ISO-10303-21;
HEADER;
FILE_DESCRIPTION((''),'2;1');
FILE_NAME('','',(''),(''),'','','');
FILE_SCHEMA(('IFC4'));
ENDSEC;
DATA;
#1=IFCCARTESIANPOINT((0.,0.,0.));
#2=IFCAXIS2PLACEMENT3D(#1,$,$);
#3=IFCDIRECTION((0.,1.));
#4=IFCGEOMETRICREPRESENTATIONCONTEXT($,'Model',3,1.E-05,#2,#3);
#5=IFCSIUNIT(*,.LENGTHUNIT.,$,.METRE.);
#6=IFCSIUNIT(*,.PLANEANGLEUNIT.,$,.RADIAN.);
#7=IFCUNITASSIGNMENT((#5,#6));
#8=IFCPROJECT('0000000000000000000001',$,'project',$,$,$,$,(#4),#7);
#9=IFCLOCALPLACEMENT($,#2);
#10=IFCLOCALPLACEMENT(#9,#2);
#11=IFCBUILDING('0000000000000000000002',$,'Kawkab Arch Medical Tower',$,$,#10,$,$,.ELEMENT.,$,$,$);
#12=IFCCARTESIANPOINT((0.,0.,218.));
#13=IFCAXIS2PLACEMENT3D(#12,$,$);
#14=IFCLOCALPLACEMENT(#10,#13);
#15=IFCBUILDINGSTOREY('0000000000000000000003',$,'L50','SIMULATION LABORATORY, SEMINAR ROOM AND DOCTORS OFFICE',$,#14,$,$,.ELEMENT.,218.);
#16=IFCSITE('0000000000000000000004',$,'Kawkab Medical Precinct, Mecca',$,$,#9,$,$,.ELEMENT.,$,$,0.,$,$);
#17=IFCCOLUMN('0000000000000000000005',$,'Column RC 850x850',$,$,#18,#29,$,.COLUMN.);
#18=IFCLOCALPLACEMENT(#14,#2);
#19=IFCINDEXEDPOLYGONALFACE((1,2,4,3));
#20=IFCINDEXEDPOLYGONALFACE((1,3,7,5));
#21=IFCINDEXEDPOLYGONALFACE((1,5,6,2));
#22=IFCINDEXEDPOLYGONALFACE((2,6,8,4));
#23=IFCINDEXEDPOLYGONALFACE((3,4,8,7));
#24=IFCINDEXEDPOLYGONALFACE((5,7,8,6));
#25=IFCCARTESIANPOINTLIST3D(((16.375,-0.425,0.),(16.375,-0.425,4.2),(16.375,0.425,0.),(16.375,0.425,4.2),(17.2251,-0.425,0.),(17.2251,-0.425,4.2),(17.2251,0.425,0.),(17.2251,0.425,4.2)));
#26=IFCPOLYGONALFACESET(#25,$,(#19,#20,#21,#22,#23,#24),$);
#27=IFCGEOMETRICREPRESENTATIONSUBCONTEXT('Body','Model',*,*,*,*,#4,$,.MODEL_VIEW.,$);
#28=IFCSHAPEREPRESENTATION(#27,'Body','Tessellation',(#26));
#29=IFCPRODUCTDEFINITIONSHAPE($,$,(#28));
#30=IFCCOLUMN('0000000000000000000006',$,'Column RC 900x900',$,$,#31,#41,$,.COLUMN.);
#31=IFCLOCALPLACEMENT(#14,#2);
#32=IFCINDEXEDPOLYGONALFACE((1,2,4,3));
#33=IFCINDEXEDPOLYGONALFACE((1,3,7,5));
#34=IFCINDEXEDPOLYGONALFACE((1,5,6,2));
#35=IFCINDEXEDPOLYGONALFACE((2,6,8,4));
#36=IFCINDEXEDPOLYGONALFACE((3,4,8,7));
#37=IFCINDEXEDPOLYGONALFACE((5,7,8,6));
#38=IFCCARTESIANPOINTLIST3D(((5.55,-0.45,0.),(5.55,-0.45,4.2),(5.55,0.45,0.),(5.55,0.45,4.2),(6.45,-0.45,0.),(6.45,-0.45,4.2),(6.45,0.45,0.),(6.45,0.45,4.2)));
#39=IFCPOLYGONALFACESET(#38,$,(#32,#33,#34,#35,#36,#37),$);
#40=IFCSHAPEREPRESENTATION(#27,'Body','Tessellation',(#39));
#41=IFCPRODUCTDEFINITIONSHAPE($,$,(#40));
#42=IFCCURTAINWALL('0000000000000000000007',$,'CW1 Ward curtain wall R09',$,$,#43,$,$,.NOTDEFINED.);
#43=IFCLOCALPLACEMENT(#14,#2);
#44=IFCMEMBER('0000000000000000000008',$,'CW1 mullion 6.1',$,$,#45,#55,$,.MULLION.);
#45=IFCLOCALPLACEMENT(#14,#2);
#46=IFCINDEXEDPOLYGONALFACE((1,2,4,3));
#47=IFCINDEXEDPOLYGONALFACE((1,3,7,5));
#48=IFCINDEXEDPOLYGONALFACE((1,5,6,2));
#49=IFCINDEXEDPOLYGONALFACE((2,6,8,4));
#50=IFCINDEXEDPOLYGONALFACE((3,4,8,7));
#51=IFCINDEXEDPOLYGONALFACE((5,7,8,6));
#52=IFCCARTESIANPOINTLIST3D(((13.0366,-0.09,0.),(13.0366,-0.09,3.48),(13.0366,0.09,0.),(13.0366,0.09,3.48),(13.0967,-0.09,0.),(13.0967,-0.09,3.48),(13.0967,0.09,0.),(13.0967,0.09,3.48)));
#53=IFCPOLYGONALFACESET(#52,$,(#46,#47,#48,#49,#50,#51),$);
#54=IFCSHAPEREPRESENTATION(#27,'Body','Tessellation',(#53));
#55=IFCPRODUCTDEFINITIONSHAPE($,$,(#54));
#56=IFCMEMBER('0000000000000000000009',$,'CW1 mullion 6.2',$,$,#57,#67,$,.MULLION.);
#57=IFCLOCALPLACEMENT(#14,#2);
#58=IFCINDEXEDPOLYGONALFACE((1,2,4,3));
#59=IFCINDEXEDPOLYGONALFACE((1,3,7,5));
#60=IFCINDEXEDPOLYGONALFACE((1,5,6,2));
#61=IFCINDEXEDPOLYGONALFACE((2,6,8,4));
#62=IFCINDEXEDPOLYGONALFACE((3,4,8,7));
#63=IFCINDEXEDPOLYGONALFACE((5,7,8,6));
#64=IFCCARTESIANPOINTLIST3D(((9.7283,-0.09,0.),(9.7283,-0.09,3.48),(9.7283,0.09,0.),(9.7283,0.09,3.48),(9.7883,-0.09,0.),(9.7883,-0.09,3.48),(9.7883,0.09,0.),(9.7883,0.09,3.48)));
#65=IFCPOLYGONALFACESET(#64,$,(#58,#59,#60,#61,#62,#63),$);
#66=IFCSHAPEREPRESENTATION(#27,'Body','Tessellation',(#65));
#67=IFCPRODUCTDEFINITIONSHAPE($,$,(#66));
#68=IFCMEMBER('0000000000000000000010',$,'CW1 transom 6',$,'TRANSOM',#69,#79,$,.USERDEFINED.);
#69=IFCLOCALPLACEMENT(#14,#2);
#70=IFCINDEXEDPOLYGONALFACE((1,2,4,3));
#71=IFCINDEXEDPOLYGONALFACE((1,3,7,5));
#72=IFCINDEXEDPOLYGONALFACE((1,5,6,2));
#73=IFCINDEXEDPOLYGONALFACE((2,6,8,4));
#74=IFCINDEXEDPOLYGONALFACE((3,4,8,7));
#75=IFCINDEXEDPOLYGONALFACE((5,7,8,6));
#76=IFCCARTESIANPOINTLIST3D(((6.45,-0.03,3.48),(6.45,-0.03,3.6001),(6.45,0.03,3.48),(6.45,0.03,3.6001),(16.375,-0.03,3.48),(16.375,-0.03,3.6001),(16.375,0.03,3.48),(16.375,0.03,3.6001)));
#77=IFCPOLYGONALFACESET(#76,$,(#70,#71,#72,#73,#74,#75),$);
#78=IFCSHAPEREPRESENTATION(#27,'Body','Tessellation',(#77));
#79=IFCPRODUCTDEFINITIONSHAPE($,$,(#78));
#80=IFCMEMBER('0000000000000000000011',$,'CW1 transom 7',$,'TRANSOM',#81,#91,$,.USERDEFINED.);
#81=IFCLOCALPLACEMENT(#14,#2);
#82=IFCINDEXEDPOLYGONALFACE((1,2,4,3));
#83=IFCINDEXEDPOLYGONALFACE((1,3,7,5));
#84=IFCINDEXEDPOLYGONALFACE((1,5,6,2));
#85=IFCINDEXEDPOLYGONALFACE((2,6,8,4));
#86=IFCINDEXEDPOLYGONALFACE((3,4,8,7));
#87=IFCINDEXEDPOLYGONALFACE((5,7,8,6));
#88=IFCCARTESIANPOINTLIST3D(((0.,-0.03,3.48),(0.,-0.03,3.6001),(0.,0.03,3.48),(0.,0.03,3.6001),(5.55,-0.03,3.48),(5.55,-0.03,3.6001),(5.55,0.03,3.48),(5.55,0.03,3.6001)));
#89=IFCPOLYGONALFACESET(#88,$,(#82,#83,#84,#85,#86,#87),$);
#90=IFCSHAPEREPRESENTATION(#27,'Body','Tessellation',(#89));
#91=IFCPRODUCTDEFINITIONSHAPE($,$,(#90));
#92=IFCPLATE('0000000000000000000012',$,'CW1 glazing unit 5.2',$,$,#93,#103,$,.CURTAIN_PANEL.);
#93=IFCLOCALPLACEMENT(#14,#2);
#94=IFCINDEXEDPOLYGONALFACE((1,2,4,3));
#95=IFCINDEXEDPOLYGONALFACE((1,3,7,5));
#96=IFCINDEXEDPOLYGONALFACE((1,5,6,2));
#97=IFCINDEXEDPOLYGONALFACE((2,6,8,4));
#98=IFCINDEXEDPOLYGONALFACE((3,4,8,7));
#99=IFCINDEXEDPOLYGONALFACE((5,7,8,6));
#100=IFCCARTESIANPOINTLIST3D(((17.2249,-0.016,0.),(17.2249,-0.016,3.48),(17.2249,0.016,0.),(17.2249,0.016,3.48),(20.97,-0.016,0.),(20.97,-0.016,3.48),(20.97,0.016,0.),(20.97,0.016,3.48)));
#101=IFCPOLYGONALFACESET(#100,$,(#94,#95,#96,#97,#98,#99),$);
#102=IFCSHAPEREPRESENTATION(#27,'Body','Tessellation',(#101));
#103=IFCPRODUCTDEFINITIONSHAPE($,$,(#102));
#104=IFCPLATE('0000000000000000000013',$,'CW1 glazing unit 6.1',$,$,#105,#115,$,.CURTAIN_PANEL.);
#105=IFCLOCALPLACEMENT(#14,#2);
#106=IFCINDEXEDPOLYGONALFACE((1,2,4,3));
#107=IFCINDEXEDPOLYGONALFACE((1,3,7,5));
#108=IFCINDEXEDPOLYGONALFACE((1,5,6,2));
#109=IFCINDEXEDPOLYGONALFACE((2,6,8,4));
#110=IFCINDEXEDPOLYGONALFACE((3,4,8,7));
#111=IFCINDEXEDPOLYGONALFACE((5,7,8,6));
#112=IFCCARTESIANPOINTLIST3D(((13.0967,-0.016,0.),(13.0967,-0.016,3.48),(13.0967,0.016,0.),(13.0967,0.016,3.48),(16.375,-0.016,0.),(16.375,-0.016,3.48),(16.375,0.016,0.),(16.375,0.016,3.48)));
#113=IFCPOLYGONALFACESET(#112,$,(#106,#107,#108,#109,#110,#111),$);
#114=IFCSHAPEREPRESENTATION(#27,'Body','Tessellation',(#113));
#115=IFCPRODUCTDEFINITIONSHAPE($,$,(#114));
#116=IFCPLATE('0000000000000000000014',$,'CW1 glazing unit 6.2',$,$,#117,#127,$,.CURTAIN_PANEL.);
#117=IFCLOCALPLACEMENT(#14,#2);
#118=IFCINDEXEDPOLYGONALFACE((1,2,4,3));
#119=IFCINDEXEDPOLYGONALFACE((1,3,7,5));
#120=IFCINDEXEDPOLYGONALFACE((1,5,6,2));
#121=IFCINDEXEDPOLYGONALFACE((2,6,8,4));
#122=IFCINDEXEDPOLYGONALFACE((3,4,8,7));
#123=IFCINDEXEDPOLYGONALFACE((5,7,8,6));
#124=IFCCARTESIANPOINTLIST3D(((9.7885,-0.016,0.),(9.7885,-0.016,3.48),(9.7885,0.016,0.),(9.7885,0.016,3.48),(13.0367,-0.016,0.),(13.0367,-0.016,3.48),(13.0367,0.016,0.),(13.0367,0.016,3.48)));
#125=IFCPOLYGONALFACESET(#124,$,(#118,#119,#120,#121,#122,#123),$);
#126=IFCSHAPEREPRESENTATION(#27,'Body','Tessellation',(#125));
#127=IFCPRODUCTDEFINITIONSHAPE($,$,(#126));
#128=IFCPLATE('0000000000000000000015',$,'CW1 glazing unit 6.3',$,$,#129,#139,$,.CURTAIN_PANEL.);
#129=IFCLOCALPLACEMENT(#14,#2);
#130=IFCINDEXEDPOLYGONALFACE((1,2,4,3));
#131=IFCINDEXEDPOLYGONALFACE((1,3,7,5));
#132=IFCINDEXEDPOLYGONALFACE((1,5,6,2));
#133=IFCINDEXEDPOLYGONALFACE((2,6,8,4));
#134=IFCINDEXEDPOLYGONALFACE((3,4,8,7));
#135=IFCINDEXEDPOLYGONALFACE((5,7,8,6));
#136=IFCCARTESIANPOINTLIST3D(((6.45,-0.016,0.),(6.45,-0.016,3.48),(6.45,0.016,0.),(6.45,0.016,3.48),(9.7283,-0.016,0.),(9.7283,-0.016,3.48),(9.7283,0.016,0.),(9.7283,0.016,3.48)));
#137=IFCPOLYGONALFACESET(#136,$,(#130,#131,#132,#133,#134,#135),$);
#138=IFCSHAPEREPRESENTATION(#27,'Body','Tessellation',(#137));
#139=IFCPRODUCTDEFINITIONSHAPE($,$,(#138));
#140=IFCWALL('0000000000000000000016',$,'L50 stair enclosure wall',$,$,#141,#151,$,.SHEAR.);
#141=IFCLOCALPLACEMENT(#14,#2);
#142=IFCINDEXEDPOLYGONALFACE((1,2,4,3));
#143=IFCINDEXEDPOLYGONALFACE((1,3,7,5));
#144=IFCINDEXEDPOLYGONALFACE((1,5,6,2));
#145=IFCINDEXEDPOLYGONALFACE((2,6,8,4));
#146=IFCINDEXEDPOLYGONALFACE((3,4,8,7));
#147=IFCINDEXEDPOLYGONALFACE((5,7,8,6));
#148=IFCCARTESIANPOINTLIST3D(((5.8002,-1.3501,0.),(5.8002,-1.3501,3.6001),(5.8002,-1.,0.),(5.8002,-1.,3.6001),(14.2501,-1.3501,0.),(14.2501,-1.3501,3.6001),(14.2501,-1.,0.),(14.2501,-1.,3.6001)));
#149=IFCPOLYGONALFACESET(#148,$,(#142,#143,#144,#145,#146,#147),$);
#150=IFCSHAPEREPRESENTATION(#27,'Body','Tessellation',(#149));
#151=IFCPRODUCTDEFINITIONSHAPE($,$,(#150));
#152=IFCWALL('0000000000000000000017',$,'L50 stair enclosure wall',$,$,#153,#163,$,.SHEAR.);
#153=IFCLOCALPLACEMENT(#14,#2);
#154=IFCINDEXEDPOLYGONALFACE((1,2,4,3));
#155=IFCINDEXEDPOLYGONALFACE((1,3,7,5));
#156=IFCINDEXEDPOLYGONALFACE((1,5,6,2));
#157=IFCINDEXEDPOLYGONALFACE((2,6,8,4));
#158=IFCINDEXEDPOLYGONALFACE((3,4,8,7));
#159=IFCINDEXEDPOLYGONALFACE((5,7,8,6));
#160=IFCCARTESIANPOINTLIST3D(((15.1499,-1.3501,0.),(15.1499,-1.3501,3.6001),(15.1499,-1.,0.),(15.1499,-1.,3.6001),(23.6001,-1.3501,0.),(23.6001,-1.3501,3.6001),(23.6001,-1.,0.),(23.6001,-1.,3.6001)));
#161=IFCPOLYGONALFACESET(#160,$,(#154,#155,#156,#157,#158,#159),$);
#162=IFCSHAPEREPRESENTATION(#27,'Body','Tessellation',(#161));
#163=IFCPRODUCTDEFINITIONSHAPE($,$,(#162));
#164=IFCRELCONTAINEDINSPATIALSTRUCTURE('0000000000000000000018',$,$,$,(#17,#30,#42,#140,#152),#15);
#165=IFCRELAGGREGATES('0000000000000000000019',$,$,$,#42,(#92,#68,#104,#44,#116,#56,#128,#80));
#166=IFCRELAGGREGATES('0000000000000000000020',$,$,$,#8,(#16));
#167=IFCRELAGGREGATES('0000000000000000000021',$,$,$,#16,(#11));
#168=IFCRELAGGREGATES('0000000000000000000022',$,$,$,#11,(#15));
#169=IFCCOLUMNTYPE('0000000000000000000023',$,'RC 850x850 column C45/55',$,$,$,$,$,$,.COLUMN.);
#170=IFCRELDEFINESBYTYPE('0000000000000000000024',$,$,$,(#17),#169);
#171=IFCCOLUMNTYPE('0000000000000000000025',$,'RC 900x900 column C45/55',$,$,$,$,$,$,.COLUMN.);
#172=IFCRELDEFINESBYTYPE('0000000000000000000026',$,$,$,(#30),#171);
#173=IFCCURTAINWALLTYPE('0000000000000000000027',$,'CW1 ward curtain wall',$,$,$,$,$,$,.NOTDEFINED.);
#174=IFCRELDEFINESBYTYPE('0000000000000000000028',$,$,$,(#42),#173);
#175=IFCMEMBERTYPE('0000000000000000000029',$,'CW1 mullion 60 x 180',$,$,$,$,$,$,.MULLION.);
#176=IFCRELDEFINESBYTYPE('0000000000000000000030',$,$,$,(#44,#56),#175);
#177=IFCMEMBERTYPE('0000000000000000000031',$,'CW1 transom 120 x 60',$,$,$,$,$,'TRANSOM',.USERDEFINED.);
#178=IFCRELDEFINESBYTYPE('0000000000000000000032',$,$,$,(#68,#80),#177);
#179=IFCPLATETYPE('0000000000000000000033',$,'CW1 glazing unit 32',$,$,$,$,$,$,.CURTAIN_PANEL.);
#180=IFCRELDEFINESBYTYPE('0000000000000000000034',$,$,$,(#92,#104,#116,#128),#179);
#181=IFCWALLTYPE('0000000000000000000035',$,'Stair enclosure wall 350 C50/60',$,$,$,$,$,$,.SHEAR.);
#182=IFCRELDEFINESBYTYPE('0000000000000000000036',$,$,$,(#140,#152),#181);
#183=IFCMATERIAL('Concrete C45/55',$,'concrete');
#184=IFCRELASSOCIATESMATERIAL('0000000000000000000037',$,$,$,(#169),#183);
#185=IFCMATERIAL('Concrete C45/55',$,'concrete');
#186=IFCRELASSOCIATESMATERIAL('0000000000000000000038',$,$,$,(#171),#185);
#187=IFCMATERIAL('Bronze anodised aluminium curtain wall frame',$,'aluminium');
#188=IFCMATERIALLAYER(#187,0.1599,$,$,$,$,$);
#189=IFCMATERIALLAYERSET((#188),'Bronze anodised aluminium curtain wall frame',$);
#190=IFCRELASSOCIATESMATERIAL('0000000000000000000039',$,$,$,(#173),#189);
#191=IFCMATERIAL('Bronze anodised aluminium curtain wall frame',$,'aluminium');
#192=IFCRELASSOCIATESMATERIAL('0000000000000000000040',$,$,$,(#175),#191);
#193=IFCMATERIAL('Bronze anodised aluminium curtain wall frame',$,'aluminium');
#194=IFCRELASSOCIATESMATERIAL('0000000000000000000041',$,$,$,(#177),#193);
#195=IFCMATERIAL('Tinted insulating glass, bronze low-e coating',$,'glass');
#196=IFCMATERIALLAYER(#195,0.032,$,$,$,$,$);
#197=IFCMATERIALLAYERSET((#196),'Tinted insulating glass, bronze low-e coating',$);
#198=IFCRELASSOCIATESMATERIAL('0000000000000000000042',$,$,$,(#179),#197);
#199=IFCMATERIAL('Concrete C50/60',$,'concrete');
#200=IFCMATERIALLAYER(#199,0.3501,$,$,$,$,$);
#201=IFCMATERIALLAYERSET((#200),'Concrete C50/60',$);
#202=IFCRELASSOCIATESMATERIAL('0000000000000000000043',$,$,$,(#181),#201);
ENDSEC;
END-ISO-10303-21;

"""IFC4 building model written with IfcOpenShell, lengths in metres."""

from ifc_helpers import new_model, si_unit, direction, frame, frame_2d, origin, origin_2d, place, context, subcontext, project, spatial, rectangle, extrude, material, layer, layer_set, material_profile, profile_set, type_object, element, aggregate, save


model = new_model("IFC4")

# Units and contexts
model_context = context("Model", 3, precision=1e-05, world=origin(), true_north=direction((0.0, 1.0)))
body_context = subcontext(model_context, "Body", "Model", "MODEL_VIEW")
ifc_project = project(units=[si_unit("LENGTHUNIT", "METRE"), si_unit("PLANEANGLEUNIT", "RADIAN")], contexts=[model_context])

# Site, building, storey
site_placement = place(None, origin())
site = spatial("IfcSite", under=ifc_project, at=site_placement, Name="Kawkab Medical Precinct, Mecca", CompositionType="ELEMENT", RefElevation=0.0)
building_placement = place(site_placement, origin())
building = spatial("IfcBuilding", under=site, at=building_placement, Name="Kawkab Arch Medical Tower", CompositionType="ELEMENT")
storey_placement = place(building_placement, frame((0.0, 0.0, 218.0)))
storey = spatial("IfcBuildingStorey", under=building, at=storey_placement, Name="L50", Description="SIMULATION LABORATORY, SEMINAR ROOM AND DOCTORS OFFICE", CompositionType="ELEMENT", Elevation=218.0)

# Columns
ifc_material_1 = material(Name="Concrete C45/55", Category="concrete")
ifc_material_profile_1 = material_profile(ifc_material_1, rectangle(XDim=0.8501, YDim=0.8501, at=origin_2d()), Name="RC 850x850")
ifc_profile_set_1 = profile_set([ifc_material_profile_1], Name="Concrete C45/55")
column_type_1 = type_object("IfcColumnType", Name="RC 850x850 column C45/55", PredefinedType="COLUMN", material=ifc_profile_set_1)
column_1_placement = place(storey_placement, frame((16.8, 0.0, 0.0), z_axis=(0.0, 0.0, 1.0), x_axis=(1.0, 0.0, 0.0)))
element("IfcColumn", 1, at=column_1_placement, inside=storey, type_object=column_type_1, Name="Column RC 850x850", PredefinedType="COLUMN", context=body_context, shape_type="SweptSolid", body=[
    extrude(rectangle(XDim=0.8501, YDim=0.8501, at=origin_2d()), origin(), (0.0, 0.0, 1.0), 4.2),
])
ifc_material_2 = material(Name="Concrete C45/55", Category="concrete")
ifc_material_profile_2 = material_profile(ifc_material_2, rectangle(XDim=0.8999, YDim=0.8999, at=origin_2d()), Name="RC 900x900")
ifc_profile_set_2 = profile_set([ifc_material_profile_2], Name="Concrete C45/55")
column_type_2 = type_object("IfcColumnType", Name="RC 900x900 column C45/55", PredefinedType="COLUMN", material=ifc_profile_set_2)
column_2_placement = place(storey_placement, frame((6.0, 0.0, 0.0), z_axis=(0.0, 0.0, 1.0), x_axis=(1.0, 0.0, 0.0)))
element("IfcColumn", 2, at=column_2_placement, inside=storey, type_object=column_type_2, Name="Column RC 900x900", PredefinedType="COLUMN", context=body_context, shape_type="SweptSolid", body=[
    extrude(rectangle(XDim=0.8999, YDim=0.8999, at=origin_2d()), origin(), (0.0, 0.0, 1.0), 4.2),
])

# Curtain wall, members, plates
ifc_material_3 = material(Name="Bronze anodised aluminium curtain wall frame", Category="aluminium")
ifc_layer_1 = layer(ifc_material_3, 0.1599)
ifc_layer_set_1 = layer_set([ifc_layer_1], Name="Bronze anodised aluminium curtain wall frame")
curtain_wall_type = type_object("IfcCurtainWallType", Name="CW1 ward curtain wall", PredefinedType="NOTDEFINED", material=ifc_layer_set_1)
placement = place(storey_placement, origin())
curtain_wall = element("IfcCurtainWall", 3, at=placement, inside=storey, type_object=curtain_wall_type, Name="CW1 Ward curtain wall R09", PredefinedType="NOTDEFINED")
ifc_material_4 = material(Name="Bronze anodised aluminium curtain wall frame", Category="aluminium")
ifc_material_profile_3 = material_profile(ifc_material_4, rectangle(XDim=0.1799, YDim=0.0601, at=origin_2d()), Name="AL 60x180")
ifc_profile_set_3 = profile_set([ifc_material_profile_3], Name="Bronze anodised aluminium curtain wall frame")
member_type_1 = type_object("IfcMemberType", Name="CW1 mullion 60 x 180", PredefinedType="MULLION", material=ifc_profile_set_3)
member_1_placement = place(storey_placement, frame((13.0667, 0.0, 0.0), z_axis=(0.0, 0.0, 1.0), x_axis=(0.0, -1.0, 0.0)))
member_1 = element("IfcMember", 4, at=member_1_placement, type_object=member_type_1, Name="CW1 mullion 6.1", PredefinedType="MULLION", context=body_context, shape_type="SweptSolid", body=[
    extrude(rectangle(XDim=0.1799, YDim=0.0601, at=origin_2d()), origin(), (0.0, 0.0, 1.0), 3.48),
])
member_2_placement = place(storey_placement, frame((9.7583, 0.0, 0.0), z_axis=(0.0, 0.0, 1.0), x_axis=(0.0, -1.0, 0.0)))
member_2 = element("IfcMember", 5, at=member_2_placement, type_object=member_type_1, Name="CW1 mullion 6.2", PredefinedType="MULLION", context=body_context, shape_type="SweptSolid", body=[
    extrude(rectangle(XDim=0.1799, YDim=0.0601, at=origin_2d()), origin(), (0.0, 0.0, 1.0), 3.48),
])
ifc_material_5 = material(Name="Bronze anodised aluminium curtain wall frame", Category="aluminium")
ifc_material_profile_4 = material_profile(ifc_material_5, rectangle(XDim=0.0601, YDim=0.1201, at=origin_2d()), Name="AL 60x120")
ifc_profile_set_4 = profile_set([ifc_material_profile_4], Name="Bronze anodised aluminium curtain wall frame")
member_type_2 = type_object("IfcMemberType", Name="CW1 transom 120 x 60", ElementType="TRANSOM", PredefinedType="USERDEFINED", material=ifc_profile_set_4)
member_3_placement = place(storey_placement, frame((16.375, 0.0, 3.54), z_axis=(-1.0, 0.0, 0.0), x_axis=(0.0, -1.0, 0.0)))
member_3 = element("IfcMember", 6, at=member_3_placement, type_object=member_type_2, Name="CW1 transom 6", ObjectType="TRANSOM", PredefinedType="USERDEFINED", context=body_context, shape_type="SweptSolid", body=[
    extrude(rectangle(XDim=0.0601, YDim=0.1201, at=origin_2d()), origin(), (0.0, 0.0, 1.0), 9.925),
])
member_4_placement = place(storey_placement, frame((5.55, 0.0, 3.54), z_axis=(-1.0, 0.0, 0.0), x_axis=(0.0, -1.0, 0.0)))
member_4 = element("IfcMember", 7, at=member_4_placement, type_object=member_type_2, Name="CW1 transom 7", ObjectType="TRANSOM", PredefinedType="USERDEFINED", context=body_context, shape_type="SweptSolid", body=[
    extrude(rectangle(XDim=0.0601, YDim=0.1201, at=origin_2d()), origin(), (0.0, 0.0, 1.0), 5.55),
])
ifc_material_6 = material(Name="Tinted insulating glass, bronze low-e coating", Category="glass")
ifc_layer_2 = layer(ifc_material_6, 0.032)
ifc_layer_set_2 = layer_set([ifc_layer_2], Name="Tinted insulating glass, bronze low-e coating")
plate_type = type_object("IfcPlateType", Name="CW1 glazing unit 32", PredefinedType="CURTAIN_PANEL", material=ifc_layer_set_2)
plate_1_placement = place(storey_placement, frame((19.0974, 0.0, 0.0), z_axis=(0.0, 0.0, 1.0), x_axis=(-1.0, 0.0, 0.0)))
plate_1 = element("IfcPlate", 8, at=plate_1_placement, type_object=plate_type, Name="CW1 glazing unit 5.2", PredefinedType="CURTAIN_PANEL", context=body_context, shape_type="SweptSolid", body=[
    extrude(rectangle(XDim=3.7451, YDim=0.032, at=origin_2d()), origin(), (0.0, 0.0, 1.0), 3.48),
])
plate_2_placement = place(storey_placement, frame((14.7358, 0.0, 0.0), z_axis=(0.0, 0.0, 1.0), x_axis=(-1.0, 0.0, 0.0)))
plate_2 = element("IfcPlate", 9, at=plate_2_placement, type_object=plate_type, Name="CW1 glazing unit 6.1", PredefinedType="CURTAIN_PANEL", context=body_context, shape_type="SweptSolid", body=[
    extrude(rectangle(XDim=3.2783, YDim=0.032, at=origin_2d()), origin(), (0.0, 0.0, 1.0), 3.48),
])
plate_3_placement = place(storey_placement, frame((11.4126, 0.0, 0.0), z_axis=(0.0, 0.0, 1.0), x_axis=(-1.0, 0.0, 0.0)))
plate_3 = element("IfcPlate", 10, at=plate_3_placement, type_object=plate_type, Name="CW1 glazing unit 6.2", PredefinedType="CURTAIN_PANEL", context=body_context, shape_type="SweptSolid", body=[
    extrude(rectangle(XDim=3.2483, YDim=0.032, at=origin_2d()), origin(), (0.0, 0.0, 1.0), 3.48),
])
plate_4_placement = place(storey_placement, frame((8.0891, 0.0, 0.0), z_axis=(0.0, 0.0, 1.0), x_axis=(-1.0, 0.0, 0.0)))
plate_4 = element("IfcPlate", 11, at=plate_4_placement, type_object=plate_type, Name="CW1 glazing unit 6.3", PredefinedType="CURTAIN_PANEL", context=body_context, shape_type="SweptSolid", body=[
    extrude(rectangle(XDim=3.2783, YDim=0.032, at=origin_2d()), origin(), (0.0, 0.0, 1.0), 3.48),
])
aggregate(curtain_wall, [plate_1, member_3, plate_2, member_1, plate_3, member_2, plate_4, member_4])

# Walls
ifc_material_7 = material(Name="Concrete C50/60", Category="concrete")
ifc_layer_3 = layer(ifc_material_7, 0.3501)
ifc_layer_set_3 = layer_set([ifc_layer_3], Name="Concrete C50/60")
wall_type = type_object("IfcWallType", Name="Stair enclosure wall 350 C50/60", PredefinedType="SHEAR", material=ifc_layer_set_3)
wall_1_placement = place(storey_placement, frame((5.8, -1.175, 0.0), z_axis=(0.0, 0.0, 1.0), x_axis=(1.0, 0.0, 0.0)))
element("IfcWall", 12, at=wall_1_placement, inside=storey, type_object=wall_type, Name="L50 stair enclosure wall", PredefinedType="SHEAR", context=body_context, shape_type="SweptSolid", body=[
    extrude(rectangle(XDim=8.45, YDim=0.3501, at=frame_2d((4.2251, 0.0))), origin(), (0.0, 0.0, 1.0), 3.6001),
])
wall_2_placement = place(storey_placement, frame((15.1499, -1.175, 0.0), z_axis=(0.0, 0.0, 1.0), x_axis=(1.0, 0.0, 0.0)))
element("IfcWall", 13, at=wall_2_placement, inside=storey, type_object=wall_type, Name="L50 stair enclosure wall", PredefinedType="SHEAR", context=body_context, shape_type="SweptSolid", body=[
    extrude(rectangle(XDim=8.4502, YDim=0.3501, at=frame_2d((4.2251, 0.0))), origin(), (0.0, 0.0, 1.0), 3.6001),
])

save(model, "model.ifc")
